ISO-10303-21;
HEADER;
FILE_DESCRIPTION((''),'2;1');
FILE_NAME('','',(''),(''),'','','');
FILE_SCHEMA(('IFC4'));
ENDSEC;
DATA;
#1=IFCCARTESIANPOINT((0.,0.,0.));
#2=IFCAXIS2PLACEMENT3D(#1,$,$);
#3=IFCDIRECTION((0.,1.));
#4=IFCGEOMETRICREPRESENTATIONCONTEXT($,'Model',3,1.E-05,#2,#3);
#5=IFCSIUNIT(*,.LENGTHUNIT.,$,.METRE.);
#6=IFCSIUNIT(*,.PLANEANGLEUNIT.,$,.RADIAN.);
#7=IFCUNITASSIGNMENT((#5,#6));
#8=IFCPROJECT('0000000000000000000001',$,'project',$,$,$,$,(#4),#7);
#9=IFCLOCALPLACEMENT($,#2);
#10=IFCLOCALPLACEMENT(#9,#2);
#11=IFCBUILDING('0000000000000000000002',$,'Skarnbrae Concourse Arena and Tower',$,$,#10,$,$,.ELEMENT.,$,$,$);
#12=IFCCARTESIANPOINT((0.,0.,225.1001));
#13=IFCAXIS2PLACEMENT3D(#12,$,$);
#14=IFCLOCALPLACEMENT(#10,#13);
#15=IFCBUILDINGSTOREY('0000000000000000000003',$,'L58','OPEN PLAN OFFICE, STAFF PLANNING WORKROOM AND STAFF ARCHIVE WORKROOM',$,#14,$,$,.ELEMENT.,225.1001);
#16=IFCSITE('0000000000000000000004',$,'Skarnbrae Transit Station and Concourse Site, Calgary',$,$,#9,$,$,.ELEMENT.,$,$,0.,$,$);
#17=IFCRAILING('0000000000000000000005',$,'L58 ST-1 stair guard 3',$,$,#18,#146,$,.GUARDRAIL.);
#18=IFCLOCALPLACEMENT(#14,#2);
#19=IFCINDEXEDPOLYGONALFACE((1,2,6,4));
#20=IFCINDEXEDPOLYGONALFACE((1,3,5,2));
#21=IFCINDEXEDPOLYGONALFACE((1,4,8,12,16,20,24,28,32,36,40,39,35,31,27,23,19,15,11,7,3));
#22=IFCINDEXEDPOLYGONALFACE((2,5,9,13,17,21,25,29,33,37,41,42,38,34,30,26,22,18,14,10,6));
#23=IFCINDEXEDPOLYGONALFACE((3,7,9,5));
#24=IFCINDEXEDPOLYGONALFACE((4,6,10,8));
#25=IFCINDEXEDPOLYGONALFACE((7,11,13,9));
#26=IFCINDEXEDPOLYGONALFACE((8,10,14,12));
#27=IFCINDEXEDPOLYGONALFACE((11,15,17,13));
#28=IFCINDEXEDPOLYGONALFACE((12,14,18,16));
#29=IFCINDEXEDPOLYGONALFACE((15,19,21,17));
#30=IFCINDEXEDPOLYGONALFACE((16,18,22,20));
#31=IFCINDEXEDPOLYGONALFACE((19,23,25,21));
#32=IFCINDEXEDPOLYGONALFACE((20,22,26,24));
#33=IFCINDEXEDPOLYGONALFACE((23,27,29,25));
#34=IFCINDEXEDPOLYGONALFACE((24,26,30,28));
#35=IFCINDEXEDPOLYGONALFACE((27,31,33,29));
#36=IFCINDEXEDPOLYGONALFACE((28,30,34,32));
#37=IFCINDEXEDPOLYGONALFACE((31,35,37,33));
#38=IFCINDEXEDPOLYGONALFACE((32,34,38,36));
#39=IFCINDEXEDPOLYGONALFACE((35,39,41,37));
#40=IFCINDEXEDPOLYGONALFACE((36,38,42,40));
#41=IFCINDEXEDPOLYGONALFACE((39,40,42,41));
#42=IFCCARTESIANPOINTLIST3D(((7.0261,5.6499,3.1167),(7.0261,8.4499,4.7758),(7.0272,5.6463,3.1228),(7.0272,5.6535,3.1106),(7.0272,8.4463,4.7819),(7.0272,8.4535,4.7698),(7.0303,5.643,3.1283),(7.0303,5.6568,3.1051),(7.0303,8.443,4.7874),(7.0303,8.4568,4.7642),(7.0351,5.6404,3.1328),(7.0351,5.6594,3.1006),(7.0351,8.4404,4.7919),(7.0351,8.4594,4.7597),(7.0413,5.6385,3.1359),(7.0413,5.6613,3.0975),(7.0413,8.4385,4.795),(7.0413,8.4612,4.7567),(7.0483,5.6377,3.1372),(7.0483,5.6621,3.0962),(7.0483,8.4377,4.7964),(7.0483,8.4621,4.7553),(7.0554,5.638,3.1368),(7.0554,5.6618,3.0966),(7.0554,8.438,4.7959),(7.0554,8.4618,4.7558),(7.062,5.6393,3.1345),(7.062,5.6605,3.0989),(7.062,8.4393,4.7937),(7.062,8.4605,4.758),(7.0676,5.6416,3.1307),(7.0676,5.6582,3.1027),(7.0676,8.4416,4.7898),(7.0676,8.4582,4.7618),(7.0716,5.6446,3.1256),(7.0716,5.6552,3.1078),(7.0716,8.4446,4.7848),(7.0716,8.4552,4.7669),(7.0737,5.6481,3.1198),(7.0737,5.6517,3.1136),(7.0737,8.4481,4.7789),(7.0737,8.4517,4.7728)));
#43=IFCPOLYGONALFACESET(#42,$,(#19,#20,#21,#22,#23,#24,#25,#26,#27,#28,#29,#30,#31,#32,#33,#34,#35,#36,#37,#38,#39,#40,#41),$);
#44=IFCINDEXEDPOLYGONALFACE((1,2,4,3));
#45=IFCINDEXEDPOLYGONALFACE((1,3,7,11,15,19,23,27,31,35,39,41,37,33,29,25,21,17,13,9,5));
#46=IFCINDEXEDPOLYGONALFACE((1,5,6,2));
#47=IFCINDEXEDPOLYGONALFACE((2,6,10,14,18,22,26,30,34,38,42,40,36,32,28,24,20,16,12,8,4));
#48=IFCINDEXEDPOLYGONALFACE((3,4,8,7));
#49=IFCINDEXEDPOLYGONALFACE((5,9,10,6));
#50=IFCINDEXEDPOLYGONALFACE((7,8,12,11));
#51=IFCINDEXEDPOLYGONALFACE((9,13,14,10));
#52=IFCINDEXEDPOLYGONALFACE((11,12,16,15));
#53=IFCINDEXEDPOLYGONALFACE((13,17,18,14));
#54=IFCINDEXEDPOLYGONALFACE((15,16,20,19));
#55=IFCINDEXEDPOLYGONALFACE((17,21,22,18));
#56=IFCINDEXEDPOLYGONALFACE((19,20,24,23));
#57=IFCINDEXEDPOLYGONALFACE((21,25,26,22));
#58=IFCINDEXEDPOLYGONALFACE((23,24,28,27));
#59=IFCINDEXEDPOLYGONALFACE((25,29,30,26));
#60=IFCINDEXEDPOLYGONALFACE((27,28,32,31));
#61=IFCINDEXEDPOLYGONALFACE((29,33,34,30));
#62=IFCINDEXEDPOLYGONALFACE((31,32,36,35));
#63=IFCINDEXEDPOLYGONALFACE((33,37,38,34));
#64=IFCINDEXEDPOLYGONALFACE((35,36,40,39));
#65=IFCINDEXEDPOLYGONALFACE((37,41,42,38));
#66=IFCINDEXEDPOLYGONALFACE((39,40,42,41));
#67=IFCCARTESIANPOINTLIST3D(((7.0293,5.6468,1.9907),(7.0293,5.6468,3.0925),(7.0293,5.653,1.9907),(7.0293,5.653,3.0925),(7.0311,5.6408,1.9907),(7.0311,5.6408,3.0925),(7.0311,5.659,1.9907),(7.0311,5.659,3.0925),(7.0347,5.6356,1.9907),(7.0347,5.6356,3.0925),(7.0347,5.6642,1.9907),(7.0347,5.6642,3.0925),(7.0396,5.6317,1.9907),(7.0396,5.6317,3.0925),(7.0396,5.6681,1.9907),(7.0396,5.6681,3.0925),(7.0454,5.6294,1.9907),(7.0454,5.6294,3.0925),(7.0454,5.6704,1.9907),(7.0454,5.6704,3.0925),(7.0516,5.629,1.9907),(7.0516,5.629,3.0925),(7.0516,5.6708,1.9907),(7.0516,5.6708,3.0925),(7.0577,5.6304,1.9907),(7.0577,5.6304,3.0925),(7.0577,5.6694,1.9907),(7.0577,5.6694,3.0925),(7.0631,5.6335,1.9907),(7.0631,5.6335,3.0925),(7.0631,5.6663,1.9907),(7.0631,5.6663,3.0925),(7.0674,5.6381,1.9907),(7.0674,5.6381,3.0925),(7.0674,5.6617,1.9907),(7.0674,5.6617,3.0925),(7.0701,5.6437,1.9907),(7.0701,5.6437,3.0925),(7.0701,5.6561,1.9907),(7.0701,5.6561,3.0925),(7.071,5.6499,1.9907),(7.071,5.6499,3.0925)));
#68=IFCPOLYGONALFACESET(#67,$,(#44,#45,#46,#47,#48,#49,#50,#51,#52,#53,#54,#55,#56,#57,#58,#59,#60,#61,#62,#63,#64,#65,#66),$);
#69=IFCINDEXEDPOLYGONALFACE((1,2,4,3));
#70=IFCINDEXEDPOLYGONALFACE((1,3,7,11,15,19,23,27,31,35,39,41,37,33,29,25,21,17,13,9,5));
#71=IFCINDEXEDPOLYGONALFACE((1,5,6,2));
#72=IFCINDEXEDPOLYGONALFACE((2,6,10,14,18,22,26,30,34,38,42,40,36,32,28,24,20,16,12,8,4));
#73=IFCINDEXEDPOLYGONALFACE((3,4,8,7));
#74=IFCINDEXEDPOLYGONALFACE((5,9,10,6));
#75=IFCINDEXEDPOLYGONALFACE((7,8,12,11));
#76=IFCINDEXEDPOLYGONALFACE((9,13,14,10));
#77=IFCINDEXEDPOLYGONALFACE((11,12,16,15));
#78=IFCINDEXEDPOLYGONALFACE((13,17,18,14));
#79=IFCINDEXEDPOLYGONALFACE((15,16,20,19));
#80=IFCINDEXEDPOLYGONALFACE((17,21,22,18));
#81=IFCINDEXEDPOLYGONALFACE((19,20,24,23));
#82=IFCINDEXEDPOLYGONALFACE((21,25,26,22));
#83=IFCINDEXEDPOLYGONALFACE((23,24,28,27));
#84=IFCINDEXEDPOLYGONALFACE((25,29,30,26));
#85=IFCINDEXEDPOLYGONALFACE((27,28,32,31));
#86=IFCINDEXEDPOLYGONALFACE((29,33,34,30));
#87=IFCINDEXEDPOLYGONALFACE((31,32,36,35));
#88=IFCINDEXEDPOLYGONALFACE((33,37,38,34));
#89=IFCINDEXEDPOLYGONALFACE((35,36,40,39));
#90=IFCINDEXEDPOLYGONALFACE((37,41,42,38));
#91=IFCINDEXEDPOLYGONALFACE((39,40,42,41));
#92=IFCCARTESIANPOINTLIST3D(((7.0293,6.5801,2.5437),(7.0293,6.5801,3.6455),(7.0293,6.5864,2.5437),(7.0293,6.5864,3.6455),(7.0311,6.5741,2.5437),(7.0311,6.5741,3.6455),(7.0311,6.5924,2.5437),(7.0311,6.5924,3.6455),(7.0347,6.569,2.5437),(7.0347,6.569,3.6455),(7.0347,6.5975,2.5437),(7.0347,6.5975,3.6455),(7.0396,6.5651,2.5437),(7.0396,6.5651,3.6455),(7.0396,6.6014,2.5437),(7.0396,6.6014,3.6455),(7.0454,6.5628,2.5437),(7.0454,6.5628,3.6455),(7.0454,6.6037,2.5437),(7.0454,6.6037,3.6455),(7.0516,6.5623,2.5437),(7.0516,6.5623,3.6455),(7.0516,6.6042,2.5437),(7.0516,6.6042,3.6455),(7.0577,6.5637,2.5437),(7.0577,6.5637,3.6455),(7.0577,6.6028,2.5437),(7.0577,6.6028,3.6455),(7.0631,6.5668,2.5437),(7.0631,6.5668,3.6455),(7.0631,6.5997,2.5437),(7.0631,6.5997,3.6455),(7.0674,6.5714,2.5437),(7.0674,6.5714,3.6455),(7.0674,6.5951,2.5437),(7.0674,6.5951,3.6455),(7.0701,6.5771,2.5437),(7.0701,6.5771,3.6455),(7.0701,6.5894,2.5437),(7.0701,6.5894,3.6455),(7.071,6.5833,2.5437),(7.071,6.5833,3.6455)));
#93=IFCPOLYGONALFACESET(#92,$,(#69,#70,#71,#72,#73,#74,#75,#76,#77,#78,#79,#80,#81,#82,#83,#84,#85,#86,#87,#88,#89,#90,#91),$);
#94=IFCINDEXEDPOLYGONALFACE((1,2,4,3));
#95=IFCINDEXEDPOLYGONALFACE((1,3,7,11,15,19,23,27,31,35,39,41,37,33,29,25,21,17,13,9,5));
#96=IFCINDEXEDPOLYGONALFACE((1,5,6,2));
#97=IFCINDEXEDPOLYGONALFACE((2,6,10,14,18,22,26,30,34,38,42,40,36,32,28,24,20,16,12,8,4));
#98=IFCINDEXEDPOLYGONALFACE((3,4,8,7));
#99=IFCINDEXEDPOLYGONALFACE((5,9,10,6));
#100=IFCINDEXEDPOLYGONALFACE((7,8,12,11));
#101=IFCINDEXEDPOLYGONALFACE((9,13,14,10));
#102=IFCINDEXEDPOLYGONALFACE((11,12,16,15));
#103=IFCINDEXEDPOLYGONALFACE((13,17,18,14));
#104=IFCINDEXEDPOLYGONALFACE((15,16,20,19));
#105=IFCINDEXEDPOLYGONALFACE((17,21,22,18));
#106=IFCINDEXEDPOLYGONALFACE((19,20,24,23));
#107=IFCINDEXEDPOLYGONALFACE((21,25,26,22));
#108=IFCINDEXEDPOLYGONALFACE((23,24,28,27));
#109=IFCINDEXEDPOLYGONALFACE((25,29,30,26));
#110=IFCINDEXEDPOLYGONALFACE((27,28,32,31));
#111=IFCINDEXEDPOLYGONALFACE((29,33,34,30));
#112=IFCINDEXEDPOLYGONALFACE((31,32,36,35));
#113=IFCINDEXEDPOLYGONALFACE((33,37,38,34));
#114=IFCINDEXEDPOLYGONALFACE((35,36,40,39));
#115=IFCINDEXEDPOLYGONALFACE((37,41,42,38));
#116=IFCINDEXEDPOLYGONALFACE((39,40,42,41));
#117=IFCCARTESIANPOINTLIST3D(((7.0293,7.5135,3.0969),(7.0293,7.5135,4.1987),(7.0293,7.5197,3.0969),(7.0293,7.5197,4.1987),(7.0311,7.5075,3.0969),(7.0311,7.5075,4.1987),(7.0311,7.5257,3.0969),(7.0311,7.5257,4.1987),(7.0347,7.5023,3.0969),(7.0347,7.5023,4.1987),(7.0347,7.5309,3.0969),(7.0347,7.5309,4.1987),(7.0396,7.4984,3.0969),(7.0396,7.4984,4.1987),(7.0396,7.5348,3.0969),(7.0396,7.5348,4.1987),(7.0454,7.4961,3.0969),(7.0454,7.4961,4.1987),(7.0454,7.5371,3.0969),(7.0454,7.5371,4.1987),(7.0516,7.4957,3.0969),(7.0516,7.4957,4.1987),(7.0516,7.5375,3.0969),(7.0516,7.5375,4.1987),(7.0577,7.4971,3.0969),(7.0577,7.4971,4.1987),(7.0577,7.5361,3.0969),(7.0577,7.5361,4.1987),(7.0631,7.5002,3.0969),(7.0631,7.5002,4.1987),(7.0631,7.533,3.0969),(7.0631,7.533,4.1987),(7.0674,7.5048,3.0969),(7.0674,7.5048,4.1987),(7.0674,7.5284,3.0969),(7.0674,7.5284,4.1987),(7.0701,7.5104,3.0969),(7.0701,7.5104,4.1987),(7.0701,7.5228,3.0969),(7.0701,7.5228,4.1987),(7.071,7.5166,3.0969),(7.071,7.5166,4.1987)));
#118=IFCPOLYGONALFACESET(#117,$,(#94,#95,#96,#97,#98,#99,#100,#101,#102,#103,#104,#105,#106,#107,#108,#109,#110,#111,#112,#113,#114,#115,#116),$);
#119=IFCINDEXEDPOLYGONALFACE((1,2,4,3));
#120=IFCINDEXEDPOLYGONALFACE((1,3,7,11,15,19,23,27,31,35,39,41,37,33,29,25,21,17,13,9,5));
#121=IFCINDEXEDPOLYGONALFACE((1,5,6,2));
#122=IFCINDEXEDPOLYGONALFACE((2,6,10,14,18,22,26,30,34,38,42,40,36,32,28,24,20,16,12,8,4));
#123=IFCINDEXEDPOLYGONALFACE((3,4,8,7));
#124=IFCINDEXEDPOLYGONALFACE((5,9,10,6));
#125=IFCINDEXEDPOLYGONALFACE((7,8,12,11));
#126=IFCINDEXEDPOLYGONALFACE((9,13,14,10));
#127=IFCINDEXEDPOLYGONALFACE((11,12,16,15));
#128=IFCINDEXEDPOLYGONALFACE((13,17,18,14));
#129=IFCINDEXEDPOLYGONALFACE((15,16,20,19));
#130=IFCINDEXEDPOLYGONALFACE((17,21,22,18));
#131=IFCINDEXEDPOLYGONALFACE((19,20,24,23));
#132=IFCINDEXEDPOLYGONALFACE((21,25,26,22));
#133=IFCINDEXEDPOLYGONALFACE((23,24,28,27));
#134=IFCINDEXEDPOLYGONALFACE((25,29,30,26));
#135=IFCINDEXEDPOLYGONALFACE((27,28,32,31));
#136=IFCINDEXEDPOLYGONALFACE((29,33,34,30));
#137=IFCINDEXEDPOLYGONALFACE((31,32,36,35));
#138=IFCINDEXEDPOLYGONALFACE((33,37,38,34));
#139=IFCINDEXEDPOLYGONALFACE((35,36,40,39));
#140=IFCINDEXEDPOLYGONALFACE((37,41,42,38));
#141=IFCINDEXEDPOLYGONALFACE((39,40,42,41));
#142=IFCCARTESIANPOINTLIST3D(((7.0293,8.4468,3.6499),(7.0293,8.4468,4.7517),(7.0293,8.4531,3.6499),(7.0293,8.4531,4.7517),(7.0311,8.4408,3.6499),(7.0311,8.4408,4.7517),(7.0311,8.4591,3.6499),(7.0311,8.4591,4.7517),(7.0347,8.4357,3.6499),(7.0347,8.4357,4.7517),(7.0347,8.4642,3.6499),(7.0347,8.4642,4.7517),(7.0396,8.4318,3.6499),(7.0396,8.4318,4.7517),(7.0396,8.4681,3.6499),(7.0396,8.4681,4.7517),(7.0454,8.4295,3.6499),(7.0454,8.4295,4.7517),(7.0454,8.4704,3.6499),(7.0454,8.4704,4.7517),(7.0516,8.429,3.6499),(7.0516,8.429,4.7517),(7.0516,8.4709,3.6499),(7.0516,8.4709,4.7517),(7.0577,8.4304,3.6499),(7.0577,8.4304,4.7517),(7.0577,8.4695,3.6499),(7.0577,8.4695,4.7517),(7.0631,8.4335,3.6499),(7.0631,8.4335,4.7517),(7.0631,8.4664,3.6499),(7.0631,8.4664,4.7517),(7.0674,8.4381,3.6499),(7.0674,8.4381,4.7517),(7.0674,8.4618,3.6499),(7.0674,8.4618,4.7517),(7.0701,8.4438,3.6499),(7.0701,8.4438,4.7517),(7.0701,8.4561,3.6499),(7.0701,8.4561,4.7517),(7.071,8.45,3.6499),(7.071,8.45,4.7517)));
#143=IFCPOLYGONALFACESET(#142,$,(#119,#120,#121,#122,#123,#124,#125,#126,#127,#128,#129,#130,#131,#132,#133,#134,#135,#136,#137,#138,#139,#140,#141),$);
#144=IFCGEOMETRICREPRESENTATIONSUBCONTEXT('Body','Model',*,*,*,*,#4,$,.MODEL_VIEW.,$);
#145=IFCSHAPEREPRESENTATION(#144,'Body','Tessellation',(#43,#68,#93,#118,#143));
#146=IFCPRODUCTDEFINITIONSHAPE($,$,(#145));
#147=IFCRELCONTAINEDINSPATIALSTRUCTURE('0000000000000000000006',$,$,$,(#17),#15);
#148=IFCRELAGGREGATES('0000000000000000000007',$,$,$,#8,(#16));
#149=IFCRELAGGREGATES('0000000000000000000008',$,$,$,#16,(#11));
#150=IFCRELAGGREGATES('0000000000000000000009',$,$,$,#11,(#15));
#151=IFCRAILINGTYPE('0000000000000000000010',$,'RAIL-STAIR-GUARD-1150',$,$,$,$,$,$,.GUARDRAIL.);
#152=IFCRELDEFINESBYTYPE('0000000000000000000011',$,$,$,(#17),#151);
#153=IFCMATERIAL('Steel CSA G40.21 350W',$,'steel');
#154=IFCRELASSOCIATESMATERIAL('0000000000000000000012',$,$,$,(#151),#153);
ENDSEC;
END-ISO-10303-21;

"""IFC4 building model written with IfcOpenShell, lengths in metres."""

from ifc_helpers import new_model, si_unit, direction, frame, origin, origin_2d, place, context, subcontext, project, spatial, circle, extrude, material, type_object, element, save


model = new_model("IFC4")

# Units and contexts
model_context = context("Model", 3, precision=1e-05, world=origin(), true_north=direction((0.0, 1.0)))
body_context = subcontext(model_context, "Body", "Model", "MODEL_VIEW")
ifc_project = project(units=[si_unit("LENGTHUNIT", "METRE"), si_unit("PLANEANGLEUNIT", "RADIAN")], contexts=[model_context])

# Site, building, storey
site_placement = place(None, origin())
site = spatial("IfcSite", under=ifc_project, at=site_placement, Name="Skarnbrae Transit Station and Concourse Site, Calgary", CompositionType="ELEMENT", RefElevation=0.0)
building_placement = place(site_placement, origin())
building = spatial("IfcBuilding", under=site, at=building_placement, Name="Skarnbrae Concourse Arena and Tower", CompositionType="ELEMENT")
storey_placement = place(building_placement, frame((0.0, 0.0, 225.1001)))
storey = spatial("IfcBuildingStorey", under=building, at=storey_placement, Name="L58", Description="OPEN PLAN OFFICE, STAFF PLANNING WORKROOM AND STAFF ARCHIVE WORKROOM", CompositionType="ELEMENT", Elevation=225.1001)

# Shared definitions
ifc_material_1 = material(Name="Steel CSA G40.21 350W", Category="steel")

# Railing
railing_type_1 = type_object("IfcRailingType", Name="RAIL-STAIR-GUARD-1150", PredefinedType="GUARDRAIL", material=ifc_material_1)
railing_1_placement = place(storey_placement, frame((7.05, 5.6499, 1.9907)))
element("IfcRailing", 1, at=railing_1_placement, inside=storey, type_object=railing_type_1, Name="L58 ST-1 stair guard 3", PredefinedType="GUARDRAIL", context=body_context, shape_type="SweptSolid", body=[
    extrude(circle(Radius=0.0239, at=origin_2d()), frame((0.0, 0.0, 1.126), z_axis=(0.0, 0.860306, 0.509778), x_axis=(-1.0, 0.0, 0.0)), (0.0, 0.0, 1.0), 3.2546),
    extrude(circle(Radius=0.021, at=origin_2d()), origin(), (0.0, 0.0, 1.0), 1.1018),
    extrude(circle(Radius=0.021, at=origin_2d()), frame((0.0, 0.9333, 0.553)), (0.0, 0.0, 1.0), 1.1018),
    extrude(circle(Radius=0.021, at=origin_2d()), frame((0.0, 1.8667, 1.1062)), (0.0, 0.0, 1.0), 1.1018),
    extrude(circle(Radius=0.021, at=origin_2d()), frame((0.0, 2.8, 1.6592)), (0.0, 0.0, 1.0), 1.1018),
])

save(model, "model.ifc")
